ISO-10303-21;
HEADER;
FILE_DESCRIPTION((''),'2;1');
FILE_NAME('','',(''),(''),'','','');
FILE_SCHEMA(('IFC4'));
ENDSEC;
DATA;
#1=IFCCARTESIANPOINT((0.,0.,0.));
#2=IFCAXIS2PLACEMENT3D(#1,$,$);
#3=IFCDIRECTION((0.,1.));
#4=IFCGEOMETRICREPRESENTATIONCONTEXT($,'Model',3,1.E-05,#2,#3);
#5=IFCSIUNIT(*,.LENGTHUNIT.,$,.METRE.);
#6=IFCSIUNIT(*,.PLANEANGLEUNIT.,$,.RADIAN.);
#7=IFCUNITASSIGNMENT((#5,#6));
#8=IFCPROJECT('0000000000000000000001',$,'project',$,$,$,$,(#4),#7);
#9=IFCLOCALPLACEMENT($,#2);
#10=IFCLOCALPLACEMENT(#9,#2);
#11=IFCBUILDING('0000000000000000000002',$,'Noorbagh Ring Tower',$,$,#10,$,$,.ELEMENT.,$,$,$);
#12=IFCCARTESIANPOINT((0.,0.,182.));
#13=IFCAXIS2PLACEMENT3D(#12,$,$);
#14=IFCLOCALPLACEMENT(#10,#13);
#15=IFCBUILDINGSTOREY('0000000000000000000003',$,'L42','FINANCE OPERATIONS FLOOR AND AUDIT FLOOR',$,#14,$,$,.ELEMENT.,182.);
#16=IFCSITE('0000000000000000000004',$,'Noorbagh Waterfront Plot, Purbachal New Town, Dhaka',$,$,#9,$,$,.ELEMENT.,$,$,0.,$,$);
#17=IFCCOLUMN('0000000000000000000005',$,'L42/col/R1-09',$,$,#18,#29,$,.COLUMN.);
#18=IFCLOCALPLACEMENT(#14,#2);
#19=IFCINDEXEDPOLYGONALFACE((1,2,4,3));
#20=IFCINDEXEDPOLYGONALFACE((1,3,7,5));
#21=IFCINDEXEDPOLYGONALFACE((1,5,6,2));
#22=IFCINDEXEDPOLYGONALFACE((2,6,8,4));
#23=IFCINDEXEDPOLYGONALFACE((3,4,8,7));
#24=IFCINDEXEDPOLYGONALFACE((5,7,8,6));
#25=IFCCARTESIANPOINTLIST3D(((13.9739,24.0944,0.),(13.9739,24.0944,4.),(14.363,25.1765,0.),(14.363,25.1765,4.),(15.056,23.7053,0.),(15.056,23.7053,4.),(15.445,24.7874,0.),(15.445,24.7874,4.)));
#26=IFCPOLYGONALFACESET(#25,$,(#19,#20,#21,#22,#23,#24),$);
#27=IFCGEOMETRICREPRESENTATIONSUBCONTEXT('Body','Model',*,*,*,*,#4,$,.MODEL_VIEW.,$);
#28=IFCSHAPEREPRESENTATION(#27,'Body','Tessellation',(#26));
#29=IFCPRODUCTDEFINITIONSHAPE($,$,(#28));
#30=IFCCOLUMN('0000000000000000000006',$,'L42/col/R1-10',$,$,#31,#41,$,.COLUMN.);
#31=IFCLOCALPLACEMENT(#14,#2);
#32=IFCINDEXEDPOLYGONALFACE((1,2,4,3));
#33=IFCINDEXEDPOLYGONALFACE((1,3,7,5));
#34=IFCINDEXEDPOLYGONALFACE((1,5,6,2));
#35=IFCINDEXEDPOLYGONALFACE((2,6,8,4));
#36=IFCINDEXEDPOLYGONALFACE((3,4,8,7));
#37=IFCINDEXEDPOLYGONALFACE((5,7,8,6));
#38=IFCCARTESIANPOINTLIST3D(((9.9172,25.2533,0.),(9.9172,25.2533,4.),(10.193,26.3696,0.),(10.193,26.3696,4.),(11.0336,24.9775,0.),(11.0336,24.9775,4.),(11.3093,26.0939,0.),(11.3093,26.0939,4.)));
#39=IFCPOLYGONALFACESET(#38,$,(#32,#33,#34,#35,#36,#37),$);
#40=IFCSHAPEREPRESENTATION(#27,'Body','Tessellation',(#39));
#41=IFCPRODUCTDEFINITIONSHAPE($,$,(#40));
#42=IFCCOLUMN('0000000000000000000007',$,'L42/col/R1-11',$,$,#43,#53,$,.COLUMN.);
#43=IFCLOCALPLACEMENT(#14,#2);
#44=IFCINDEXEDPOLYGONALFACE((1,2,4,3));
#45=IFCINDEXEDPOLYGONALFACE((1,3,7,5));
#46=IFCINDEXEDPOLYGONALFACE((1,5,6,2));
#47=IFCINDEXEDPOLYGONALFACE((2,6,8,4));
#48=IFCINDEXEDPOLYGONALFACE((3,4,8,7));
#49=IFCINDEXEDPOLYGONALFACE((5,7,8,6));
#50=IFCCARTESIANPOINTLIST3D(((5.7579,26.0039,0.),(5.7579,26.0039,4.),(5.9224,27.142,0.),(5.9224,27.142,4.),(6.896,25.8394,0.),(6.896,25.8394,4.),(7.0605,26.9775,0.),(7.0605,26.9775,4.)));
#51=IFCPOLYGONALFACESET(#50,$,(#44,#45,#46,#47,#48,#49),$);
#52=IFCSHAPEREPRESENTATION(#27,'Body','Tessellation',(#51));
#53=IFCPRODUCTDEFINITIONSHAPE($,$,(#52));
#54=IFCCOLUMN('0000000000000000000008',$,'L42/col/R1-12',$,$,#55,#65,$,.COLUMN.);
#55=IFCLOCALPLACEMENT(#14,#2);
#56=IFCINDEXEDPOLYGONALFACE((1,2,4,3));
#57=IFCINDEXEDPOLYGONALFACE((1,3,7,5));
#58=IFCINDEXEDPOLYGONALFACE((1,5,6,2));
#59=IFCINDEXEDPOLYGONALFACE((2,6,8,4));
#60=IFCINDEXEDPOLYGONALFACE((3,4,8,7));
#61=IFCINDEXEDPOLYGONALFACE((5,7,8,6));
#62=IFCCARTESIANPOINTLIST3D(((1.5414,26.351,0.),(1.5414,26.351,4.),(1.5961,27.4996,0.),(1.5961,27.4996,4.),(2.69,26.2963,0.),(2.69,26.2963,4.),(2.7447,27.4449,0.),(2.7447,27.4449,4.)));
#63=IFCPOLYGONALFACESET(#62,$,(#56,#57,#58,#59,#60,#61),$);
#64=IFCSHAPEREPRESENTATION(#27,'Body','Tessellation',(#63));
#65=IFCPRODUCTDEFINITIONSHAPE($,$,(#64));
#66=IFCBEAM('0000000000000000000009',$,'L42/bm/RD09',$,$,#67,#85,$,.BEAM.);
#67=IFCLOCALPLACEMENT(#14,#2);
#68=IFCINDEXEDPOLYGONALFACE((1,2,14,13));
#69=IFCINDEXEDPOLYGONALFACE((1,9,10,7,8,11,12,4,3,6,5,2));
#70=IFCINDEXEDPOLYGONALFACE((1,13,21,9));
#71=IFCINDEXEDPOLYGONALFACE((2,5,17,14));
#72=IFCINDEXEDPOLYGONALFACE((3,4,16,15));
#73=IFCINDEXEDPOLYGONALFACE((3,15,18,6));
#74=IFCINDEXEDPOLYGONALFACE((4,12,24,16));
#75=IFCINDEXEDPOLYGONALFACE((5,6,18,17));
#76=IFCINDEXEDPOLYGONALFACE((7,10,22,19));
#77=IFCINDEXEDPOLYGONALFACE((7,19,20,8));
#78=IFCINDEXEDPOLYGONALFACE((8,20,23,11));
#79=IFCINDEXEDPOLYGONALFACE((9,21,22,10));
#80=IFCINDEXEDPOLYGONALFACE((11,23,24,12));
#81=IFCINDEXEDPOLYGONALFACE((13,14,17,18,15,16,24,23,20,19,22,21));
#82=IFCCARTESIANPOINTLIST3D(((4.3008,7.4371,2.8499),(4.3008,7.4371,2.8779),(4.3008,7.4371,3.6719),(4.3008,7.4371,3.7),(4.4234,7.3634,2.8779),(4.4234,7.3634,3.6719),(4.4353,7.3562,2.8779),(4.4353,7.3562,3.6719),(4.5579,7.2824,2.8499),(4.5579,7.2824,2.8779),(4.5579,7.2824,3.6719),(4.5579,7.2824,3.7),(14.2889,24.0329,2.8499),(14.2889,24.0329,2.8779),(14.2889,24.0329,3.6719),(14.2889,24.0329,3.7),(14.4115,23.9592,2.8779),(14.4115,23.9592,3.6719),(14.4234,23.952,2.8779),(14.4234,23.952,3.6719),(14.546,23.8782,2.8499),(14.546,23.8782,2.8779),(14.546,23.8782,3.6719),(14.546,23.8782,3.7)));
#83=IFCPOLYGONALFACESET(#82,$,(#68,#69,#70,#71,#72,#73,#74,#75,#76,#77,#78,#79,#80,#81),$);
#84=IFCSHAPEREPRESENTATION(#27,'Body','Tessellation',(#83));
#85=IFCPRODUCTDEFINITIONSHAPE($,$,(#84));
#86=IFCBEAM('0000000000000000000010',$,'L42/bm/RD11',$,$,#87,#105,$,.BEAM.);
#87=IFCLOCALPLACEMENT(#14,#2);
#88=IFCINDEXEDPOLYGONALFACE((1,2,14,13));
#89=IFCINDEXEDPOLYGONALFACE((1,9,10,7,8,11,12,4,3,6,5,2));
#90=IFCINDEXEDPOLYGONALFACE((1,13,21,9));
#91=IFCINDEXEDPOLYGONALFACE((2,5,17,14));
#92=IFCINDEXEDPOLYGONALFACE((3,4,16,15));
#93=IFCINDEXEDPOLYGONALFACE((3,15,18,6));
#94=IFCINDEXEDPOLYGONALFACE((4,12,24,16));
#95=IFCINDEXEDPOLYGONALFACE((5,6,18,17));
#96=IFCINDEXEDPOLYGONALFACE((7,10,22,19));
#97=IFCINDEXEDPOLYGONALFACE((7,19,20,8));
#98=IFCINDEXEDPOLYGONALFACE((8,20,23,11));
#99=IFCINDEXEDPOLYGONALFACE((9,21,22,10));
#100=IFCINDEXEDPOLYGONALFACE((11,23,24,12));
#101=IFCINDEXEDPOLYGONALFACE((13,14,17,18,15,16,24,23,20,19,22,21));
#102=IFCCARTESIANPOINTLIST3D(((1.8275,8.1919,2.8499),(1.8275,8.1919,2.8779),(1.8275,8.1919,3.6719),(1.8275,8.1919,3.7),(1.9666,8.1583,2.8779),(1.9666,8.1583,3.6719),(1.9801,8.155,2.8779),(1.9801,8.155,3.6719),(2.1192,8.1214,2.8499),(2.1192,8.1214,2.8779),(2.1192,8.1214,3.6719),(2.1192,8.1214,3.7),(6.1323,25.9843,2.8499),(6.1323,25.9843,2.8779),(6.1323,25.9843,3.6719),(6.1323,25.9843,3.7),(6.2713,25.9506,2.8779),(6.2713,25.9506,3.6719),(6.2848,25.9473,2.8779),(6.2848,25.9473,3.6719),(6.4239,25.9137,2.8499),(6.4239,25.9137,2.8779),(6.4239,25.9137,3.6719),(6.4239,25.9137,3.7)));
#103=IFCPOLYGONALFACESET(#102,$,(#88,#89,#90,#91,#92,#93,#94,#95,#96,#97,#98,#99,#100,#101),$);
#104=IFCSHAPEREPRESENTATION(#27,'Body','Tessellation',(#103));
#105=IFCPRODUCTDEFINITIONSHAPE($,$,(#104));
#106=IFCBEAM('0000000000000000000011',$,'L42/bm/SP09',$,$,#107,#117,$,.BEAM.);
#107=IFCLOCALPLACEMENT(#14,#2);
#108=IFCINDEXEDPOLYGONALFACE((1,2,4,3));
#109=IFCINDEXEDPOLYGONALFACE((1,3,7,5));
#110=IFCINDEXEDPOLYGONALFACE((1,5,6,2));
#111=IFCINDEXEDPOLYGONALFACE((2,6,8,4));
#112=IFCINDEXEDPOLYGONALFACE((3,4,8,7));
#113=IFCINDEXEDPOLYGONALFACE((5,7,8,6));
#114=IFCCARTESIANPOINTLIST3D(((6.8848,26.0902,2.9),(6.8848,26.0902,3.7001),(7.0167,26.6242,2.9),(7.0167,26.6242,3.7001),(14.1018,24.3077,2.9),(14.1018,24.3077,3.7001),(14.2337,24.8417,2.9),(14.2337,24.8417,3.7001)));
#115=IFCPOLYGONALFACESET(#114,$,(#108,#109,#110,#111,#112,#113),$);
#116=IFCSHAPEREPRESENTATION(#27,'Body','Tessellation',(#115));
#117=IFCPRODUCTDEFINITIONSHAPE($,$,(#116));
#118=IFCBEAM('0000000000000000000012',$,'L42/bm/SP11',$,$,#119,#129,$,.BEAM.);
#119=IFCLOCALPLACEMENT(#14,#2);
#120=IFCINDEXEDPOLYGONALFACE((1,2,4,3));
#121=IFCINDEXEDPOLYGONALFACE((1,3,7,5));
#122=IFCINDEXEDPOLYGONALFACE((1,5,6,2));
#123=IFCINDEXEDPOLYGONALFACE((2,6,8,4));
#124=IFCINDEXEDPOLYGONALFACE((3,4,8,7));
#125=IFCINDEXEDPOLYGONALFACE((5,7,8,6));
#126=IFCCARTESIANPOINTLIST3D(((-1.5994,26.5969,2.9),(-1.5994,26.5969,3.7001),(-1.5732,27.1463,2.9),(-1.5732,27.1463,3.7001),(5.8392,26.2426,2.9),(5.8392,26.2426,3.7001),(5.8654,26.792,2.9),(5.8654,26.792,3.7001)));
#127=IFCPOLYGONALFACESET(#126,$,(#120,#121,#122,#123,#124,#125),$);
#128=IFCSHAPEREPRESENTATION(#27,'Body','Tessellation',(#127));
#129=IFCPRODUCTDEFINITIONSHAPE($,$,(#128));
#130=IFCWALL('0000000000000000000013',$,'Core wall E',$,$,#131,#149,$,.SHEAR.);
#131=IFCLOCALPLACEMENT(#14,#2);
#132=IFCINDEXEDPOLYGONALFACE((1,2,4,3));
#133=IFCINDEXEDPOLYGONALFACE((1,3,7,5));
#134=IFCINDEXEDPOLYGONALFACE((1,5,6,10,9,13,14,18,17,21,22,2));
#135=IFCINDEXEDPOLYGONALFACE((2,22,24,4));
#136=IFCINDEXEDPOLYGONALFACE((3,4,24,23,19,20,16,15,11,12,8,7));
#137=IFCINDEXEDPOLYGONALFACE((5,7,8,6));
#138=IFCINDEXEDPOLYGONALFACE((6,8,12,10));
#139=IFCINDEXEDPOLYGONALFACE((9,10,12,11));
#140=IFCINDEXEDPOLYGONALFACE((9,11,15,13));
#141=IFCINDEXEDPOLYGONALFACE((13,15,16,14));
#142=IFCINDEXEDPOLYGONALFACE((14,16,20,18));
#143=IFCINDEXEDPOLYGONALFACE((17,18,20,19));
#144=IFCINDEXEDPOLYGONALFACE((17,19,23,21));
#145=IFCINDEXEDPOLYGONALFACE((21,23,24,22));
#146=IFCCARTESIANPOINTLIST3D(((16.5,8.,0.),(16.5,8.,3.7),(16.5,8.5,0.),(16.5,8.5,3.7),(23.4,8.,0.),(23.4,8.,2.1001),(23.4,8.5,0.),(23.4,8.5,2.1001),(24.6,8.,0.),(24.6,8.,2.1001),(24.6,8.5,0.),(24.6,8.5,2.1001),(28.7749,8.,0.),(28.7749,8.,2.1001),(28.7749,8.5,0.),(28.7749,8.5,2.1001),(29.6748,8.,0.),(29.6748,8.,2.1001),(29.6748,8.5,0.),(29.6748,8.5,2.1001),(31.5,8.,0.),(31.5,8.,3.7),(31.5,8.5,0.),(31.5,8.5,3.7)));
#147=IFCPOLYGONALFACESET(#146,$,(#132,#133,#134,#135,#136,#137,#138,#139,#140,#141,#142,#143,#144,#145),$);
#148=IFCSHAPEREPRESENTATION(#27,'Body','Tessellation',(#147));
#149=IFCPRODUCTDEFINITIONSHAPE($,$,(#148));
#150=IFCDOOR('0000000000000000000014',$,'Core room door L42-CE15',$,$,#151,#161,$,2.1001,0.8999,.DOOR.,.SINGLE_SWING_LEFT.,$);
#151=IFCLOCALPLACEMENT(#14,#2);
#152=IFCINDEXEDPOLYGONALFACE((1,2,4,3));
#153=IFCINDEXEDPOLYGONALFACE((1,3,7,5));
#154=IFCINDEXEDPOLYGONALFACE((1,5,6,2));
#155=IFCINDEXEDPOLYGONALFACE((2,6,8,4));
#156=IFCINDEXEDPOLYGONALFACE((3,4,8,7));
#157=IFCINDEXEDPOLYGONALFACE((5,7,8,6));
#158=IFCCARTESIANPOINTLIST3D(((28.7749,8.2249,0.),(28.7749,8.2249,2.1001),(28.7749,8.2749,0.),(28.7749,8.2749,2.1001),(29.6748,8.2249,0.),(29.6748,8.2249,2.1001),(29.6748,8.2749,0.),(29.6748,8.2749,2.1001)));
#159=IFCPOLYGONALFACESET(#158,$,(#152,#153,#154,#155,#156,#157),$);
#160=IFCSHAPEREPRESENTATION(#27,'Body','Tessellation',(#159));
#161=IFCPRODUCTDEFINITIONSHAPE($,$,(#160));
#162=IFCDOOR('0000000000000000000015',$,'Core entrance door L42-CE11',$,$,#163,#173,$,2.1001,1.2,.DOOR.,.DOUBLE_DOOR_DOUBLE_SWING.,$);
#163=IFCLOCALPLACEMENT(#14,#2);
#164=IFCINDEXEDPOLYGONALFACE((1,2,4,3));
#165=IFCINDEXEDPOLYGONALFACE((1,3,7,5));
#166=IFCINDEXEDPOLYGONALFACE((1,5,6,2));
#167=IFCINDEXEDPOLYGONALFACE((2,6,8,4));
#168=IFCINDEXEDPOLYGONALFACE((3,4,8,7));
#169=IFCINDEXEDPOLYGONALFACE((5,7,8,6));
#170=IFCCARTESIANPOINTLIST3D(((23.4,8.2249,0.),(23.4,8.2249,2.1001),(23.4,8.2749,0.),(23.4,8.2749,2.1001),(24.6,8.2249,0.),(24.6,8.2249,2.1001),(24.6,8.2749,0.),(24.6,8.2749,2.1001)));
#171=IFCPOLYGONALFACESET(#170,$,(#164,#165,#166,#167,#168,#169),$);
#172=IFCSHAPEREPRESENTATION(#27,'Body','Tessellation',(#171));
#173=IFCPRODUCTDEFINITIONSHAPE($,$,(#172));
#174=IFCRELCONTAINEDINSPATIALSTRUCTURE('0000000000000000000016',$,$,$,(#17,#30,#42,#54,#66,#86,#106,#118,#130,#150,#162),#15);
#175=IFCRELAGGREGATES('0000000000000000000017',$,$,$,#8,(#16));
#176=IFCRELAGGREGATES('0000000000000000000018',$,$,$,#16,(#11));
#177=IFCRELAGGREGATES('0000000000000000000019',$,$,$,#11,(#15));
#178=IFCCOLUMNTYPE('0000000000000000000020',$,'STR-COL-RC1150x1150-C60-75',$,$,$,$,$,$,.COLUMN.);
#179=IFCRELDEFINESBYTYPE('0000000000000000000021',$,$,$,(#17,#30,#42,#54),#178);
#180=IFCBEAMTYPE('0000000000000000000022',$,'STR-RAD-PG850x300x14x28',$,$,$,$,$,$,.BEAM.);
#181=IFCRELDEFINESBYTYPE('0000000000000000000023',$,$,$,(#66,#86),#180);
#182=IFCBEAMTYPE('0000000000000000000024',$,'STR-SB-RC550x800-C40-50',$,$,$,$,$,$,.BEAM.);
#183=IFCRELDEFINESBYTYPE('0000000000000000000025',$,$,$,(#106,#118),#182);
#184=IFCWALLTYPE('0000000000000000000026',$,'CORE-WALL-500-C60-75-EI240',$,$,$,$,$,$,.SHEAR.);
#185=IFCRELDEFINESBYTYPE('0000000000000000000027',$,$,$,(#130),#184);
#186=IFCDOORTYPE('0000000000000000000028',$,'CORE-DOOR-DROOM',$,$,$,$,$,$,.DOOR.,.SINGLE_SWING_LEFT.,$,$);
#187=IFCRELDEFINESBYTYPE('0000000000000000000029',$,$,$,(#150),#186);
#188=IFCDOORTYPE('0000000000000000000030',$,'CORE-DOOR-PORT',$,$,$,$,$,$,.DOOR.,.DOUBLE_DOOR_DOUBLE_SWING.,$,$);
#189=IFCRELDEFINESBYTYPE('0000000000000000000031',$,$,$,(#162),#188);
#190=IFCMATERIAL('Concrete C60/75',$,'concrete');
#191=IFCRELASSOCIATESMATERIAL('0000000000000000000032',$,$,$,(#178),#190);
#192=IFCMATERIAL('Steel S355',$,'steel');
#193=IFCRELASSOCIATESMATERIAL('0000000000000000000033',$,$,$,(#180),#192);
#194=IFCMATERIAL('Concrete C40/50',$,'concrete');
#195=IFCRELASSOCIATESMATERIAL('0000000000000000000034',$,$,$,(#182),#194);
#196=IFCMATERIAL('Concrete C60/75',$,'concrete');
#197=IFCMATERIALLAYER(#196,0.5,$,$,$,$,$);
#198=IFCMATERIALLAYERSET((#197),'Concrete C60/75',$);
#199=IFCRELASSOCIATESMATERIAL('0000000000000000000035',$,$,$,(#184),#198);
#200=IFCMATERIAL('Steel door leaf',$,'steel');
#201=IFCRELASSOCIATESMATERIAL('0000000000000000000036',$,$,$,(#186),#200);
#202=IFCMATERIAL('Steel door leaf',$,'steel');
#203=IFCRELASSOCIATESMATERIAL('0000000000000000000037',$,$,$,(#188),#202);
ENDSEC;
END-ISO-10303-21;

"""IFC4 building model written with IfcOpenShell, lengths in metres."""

from ifc_helpers import new_model, si_unit, direction, frame, frame_2d, origin, origin_2d, place, context, subcontext, project, spatial, rectangle, i_section, extrude, material, layer, layer_set, material_profile, profile_set, type_object, element, fill, save


model = new_model("IFC4")

# Units and contexts
model_context = context("Model", 3, precision=1e-05, world=origin(), true_north=direction((0.0, 1.0)))
body_context = subcontext(model_context, "Body", "Model", "MODEL_VIEW")
ifc_project = project(units=[si_unit("LENGTHUNIT", "METRE"), si_unit("PLANEANGLEUNIT", "RADIAN")], contexts=[model_context])

# Site, building, storey
site_placement = place(None, origin())
site = spatial("IfcSite", under=ifc_project, at=site_placement, Name="Noorbagh Waterfront Plot, Purbachal New Town, Dhaka", CompositionType="ELEMENT", RefElevation=0.0)
building_placement = place(site_placement, origin())
building = spatial("IfcBuilding", under=site, at=building_placement, Name="Noorbagh Ring Tower", CompositionType="ELEMENT")
storey_placement = place(building_placement, frame((0.0, 0.0, 182.0)))
storey = spatial("IfcBuildingStorey", under=building, at=storey_placement, Name="L42", Description="FINANCE OPERATIONS FLOOR AND AUDIT FLOOR", CompositionType="ELEMENT", Elevation=182.0)

# Columns
ifc_material_1 = material(Name="Concrete C60/75", Category="concrete")
ifc_material_profile_1 = material_profile(ifc_material_1, rectangle(XDim=1.1499, YDim=1.1499, at=origin_2d()), Name="RC1150x1150")
ifc_profile_set_1 = profile_set([ifc_material_profile_1], Name="Concrete C60/75")
column_type = type_object("IfcColumnType", Name="STR-COL-RC1150x1150-C60-75", PredefinedType="COLUMN", material=ifc_profile_set_1)
for number, where, z_axis, x_axis, name in (
    (1, (14.7095, 24.4409, 0.0), (0.0, 0.0, 1.0), (-0.941025, 0.338338, 0.0), "L42/col/R1-09"),
    (2, (10.6133, 25.6736, 0.0), (0.0, 0.0, 1.0), (-0.970829, 0.239771, 0.0), "L42/col/R1-10"),
    (3, (6.4092, 26.4907, 0.0), (0.0, 0.0, 1.0), (-0.989713, 0.143066, 0.0), "L42/col/R1-11"),
    (4, (2.1431, 26.8979, 0.0), (0.0, 0.0, 1.0), (-0.998869, 0.047553, 0.0), "L42/col/R1-12"),
):
    element("IfcColumn", number, at=place(storey_placement, frame(where, z_axis=z_axis, x_axis=x_axis)), inside=storey, type_object=column_type, Name=name, PredefinedType="COLUMN", context=body_context, shape_type="SweptSolid", body=[
        extrude(rectangle(XDim=1.1499, YDim=1.1499, at=origin_2d()), origin(), (0.0, 0.0, 1.0), 4.0),
    ])

# Beams
ifc_material_2 = material(Name="Steel S355", Category="steel")
ifc_material_profile_2 = material_profile(ifc_material_2, i_section(OverallWidth=0.3, OverallDepth=0.8501, WebThickness=0.0139, FlangeThickness=0.0281, at=origin_2d()), Name="PG850x300x14x28")
ifc_profile_set_2 = profile_set([ifc_material_profile_2], Name="Steel S355")
beam_type_1 = type_object("IfcBeamType", Name="STR-RAD-PG850x300x14x28", PredefinedType="BEAM", material=ifc_profile_set_2)
beam_1_placement = place(storey_placement, frame((14.4175, 23.9556, 3.2749), z_axis=(-0.515657, -0.856795, 0.0), x_axis=(0.856795, -0.515657, 0.0)))
element("IfcBeam", 5, at=beam_1_placement, inside=storey, type_object=beam_type_1, Name="L42/bm/RD09", PredefinedType="BEAM", context=body_context, shape_type="SweptSolid", body=[
    extrude(i_section(OverallWidth=0.3, OverallDepth=0.8501, WebThickness=0.0139, FlangeThickness=0.0281, at=origin_2d()), origin(), (0.0, 0.0, 1.0), 19.3696),
])
beam_2_placement = place(storey_placement, frame((6.2781, 25.949, 3.2749), z_axis=(-0.235157, -0.971957, 0.0), x_axis=(0.971957, -0.235157, 0.0)))
element("IfcBeam", 6, at=beam_2_placement, inside=storey, type_object=beam_type_1, Name="L42/bm/RD11", PredefinedType="BEAM", context=body_context, shape_type="SweptSolid", body=[
    extrude(i_section(OverallWidth=0.3, OverallDepth=0.8501, WebThickness=0.0139, FlangeThickness=0.0281, at=origin_2d()), origin(), (0.0, 0.0, 1.0), 18.3057),
])
ifc_material_3 = material(Name="Concrete C40/50", Category="concrete")
ifc_material_profile_3 = material_profile(ifc_material_3, rectangle(XDim=0.55, YDim=0.8, at=origin_2d()), Name="RC550x800")
ifc_profile_set_3 = profile_set([ifc_material_profile_3], Name="Concrete C40/50")
beam_type_2 = type_object("IfcBeamType", Name="STR-SB-RC550x800-C40-50", PredefinedType="BEAM", material=ifc_profile_set_3)
beam_3_placement = place(storey_placement, frame((14.1677, 24.5747, 3.3), z_axis=(-0.970828, 0.239776, 0.0), x_axis=(-0.239776, -0.970828, 0.0)))
element("IfcBeam", 7, at=beam_3_placement, inside=storey, type_object=beam_type_2, Name="L42/bm/SP09", PredefinedType="BEAM", context=body_context, shape_type="SweptSolid", body=[
    extrude(rectangle(XDim=0.55, YDim=0.8, at=origin_2d()), origin(), (0.0, 0.0, 1.0), 7.4338),
])
beam_4_placement = place(storey_placement, frame((5.8523, 26.5173, 3.3), z_axis=(-0.998868, 0.04757, 0.0), x_axis=(-0.04757, -0.998868, 0.0)))
element("IfcBeam", 8, at=beam_4_placement, inside=storey, type_object=beam_type_2, Name="L42/bm/SP11", PredefinedType="BEAM", context=body_context, shape_type="SweptSolid", body=[
    extrude(rectangle(XDim=0.55, YDim=0.8, at=origin_2d()), origin(), (0.0, 0.0, 1.0), 7.447),
])

# Wall, openings, doors
ifc_material_4 = material(Name="Concrete C60/75", Category="concrete")
ifc_layer_1 = layer(ifc_material_4, 0.5)
ifc_layer_set_1 = layer_set([ifc_layer_1], Name="Concrete C60/75")
wall_type_1 = type_object("IfcWallType", Name="CORE-WALL-500-C60-75-EI240", PredefinedType="SHEAR", material=ifc_layer_set_1)
wall_1_placement = place(storey_placement, frame((16.5, 8.25, 0.0), z_axis=(0.0, 0.0, 1.0), x_axis=(1.0, 0.0, 0.0)))
wall_1 = element("IfcWall", 9, at=wall_1_placement, inside=storey, type_object=wall_type_1, Name="Core wall E", PredefinedType="SHEAR", context=body_context, shape_type="SweptSolid", body=[
    extrude(rectangle(XDim=15.0, YDim=0.5, at=frame_2d((7.5, 0.0))), origin(), (0.0, 0.0, 1.0), 3.7),
])
opening_1_placement = place(wall_1_placement, frame((6.8999, 0.0, 0.0)))
opening_1 = element("IfcOpeningElement", 10, at=opening_1_placement, cuts=wall_1, PredefinedType="OPENING", context=body_context, shape_type="SweptSolid", body=[
    extrude(rectangle(XDim=1.2, YDim=2.1001, at=frame_2d((0.6001, 1.05))), frame((0.0, 0.26, 0.0), z_axis=(0.0, -1.0, 0.0), x_axis=(1.0, 0.0, 0.0)), (0.0, 0.0, 1.0), 0.52),
])
opening_2_placement = place(wall_1_placement, frame((12.2749, 0.0, 0.0)))
opening_2 = element("IfcOpeningElement", 11, at=opening_2_placement, cuts=wall_1, PredefinedType="OPENING", context=body_context, shape_type="SweptSolid", body=[
    extrude(rectangle(XDim=0.8999, YDim=2.1001, at=frame_2d((0.45, 1.05))), frame((0.0, 0.26, 0.0), z_axis=(0.0, -1.0, 0.0), x_axis=(1.0, 0.0, 0.0)), (0.0, 0.0, 1.0), 0.52),
])
ifc_material_5 = material(Name="Steel door leaf", Category="steel")
door_type_1 = type_object("IfcDoorType", Name="CORE-DOOR-DROOM", OperationType="SINGLE_SWING_LEFT", PredefinedType="DOOR", material=ifc_material_5)
door_1_placement = place(opening_2_placement, origin())
door_1 = element("IfcDoor", 12, at=door_1_placement, inside=storey, type_object=door_type_1, Name="Core room door L42-CE15", OperationType="SINGLE_SWING_LEFT", OverallHeight=2.1001, OverallWidth=0.8999, PredefinedType="DOOR", context=body_context, shape_type="SweptSolid", body=[
    extrude(rectangle(XDim=0.8999, YDim=2.1001, at=frame_2d((0.45, 1.05))), frame((0.0, 0.0249, 0.0), z_axis=(0.0, -1.0, 0.0), x_axis=(1.0, 0.0, 0.0)), (0.0, 0.0, 1.0), 0.05),
])
fill(opening_2, door_1)
ifc_material_6 = material(Name="Steel door leaf", Category="steel")
door_type_2 = type_object("IfcDoorType", Name="CORE-DOOR-PORT", OperationType="DOUBLE_DOOR_DOUBLE_SWING", PredefinedType="DOOR", material=ifc_material_6)
door_2_placement = place(opening_1_placement, origin())
door_2 = element("IfcDoor", 13, at=door_2_placement, inside=storey, type_object=door_type_2, Name="Core entrance door L42-CE11", OperationType="DOUBLE_DOOR_DOUBLE_SWING", OverallHeight=2.1001, OverallWidth=1.2, PredefinedType="DOOR", context=body_context, shape_type="SweptSolid", body=[
    extrude(rectangle(XDim=1.2, YDim=2.1001, at=frame_2d((0.6001, 1.05))), frame((0.0, 0.0249, 0.0), z_axis=(0.0, -1.0, 0.0), x_axis=(1.0, 0.0, 0.0)), (0.0, 0.0, 1.0), 0.05),
])
fill(opening_1, door_2)

save(model, "model.ifc")
